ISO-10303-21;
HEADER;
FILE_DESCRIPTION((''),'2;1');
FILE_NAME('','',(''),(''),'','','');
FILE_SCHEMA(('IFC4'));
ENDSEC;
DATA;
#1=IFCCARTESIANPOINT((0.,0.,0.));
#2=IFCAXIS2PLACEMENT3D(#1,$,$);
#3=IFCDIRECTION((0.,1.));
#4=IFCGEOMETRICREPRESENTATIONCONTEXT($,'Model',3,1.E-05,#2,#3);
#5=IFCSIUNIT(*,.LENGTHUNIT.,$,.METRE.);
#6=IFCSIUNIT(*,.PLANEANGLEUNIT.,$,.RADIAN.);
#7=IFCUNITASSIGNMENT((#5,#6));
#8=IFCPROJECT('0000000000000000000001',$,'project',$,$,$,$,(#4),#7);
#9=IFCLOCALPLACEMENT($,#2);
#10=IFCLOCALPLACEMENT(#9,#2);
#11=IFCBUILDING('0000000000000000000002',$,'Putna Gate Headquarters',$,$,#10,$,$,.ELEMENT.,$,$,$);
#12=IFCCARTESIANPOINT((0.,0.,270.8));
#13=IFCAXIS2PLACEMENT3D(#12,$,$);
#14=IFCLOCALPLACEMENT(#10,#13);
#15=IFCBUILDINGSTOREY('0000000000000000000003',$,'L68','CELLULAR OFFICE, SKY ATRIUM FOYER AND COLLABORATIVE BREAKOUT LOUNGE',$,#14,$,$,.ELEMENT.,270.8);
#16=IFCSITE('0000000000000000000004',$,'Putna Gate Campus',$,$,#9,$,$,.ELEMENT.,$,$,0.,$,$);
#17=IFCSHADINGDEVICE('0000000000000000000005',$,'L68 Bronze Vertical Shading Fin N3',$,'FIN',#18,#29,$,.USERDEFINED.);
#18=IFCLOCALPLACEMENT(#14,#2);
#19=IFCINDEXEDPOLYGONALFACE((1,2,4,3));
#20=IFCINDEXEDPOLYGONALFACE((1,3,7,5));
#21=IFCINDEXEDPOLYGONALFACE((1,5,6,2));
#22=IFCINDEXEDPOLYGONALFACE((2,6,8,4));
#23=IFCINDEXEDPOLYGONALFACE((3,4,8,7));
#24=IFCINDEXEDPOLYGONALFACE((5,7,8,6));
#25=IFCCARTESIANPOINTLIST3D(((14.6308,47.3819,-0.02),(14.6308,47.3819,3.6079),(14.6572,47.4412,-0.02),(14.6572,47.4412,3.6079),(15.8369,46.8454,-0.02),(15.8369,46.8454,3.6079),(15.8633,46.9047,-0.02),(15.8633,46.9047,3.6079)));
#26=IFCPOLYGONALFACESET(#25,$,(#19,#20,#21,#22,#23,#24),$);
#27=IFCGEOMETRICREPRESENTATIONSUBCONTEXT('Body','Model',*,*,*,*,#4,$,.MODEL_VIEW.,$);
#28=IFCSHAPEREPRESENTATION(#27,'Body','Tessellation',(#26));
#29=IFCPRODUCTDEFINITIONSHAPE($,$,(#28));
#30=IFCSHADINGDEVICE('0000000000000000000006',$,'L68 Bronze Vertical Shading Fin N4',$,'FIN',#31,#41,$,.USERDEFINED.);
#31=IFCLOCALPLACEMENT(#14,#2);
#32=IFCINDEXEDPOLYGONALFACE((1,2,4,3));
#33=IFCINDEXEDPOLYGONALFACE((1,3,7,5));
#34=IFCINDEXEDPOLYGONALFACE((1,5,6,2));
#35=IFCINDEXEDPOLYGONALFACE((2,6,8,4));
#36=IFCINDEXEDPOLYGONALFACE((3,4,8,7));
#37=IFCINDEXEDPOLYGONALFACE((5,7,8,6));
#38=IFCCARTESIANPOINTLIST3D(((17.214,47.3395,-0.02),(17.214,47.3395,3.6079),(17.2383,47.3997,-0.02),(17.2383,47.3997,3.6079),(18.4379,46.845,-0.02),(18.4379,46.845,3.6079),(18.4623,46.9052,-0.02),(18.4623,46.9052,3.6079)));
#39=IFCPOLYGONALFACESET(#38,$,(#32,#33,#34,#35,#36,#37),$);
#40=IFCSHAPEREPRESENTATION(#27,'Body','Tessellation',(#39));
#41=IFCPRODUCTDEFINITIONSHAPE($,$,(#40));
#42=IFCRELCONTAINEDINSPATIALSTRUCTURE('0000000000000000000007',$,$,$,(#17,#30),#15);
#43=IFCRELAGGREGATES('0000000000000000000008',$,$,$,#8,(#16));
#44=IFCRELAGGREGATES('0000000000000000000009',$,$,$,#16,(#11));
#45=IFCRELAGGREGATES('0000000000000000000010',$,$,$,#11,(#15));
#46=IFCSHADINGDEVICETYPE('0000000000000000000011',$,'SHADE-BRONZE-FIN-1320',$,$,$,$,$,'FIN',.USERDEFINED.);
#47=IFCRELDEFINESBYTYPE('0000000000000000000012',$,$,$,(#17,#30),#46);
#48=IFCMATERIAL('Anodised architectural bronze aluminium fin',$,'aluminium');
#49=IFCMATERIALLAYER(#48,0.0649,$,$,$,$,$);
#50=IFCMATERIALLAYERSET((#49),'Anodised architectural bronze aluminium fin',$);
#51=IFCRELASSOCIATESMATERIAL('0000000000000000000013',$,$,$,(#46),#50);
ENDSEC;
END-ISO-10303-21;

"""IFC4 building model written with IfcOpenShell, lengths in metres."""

from ifc_helpers import new_model, si_unit, direction, frame, origin, origin_2d, place, context, subcontext, project, spatial, rectangle, extrude, material, layer, layer_set, type_object, element, save


model = new_model("IFC4")

# Units and contexts
model_context = context("Model", 3, precision=1e-05, world=origin(), true_north=direction((0.0, 1.0)))
body_context = subcontext(model_context, "Body", "Model", "MODEL_VIEW")
ifc_project = project(units=[si_unit("LENGTHUNIT", "METRE"), si_unit("PLANEANGLEUNIT", "RADIAN")], contexts=[model_context])

# Site, building, storey
site_placement = place(None, origin())
site = spatial("IfcSite", under=ifc_project, at=site_placement, Name="Putna Gate Campus", CompositionType="ELEMENT", RefElevation=0.0)
building_placement = place(site_placement, origin())
building = spatial("IfcBuilding", under=site, at=building_placement, Name="Putna Gate Headquarters", CompositionType="ELEMENT")
storey_placement = place(building_placement, frame((0.0, 0.0, 270.8)))
storey = spatial("IfcBuildingStorey", under=building, at=storey_placement, Name="L68", Description="CELLULAR OFFICE, SKY ATRIUM FOYER AND COLLABORATIVE BREAKOUT LOUNGE", CompositionType="ELEMENT", Elevation=270.8)

# Shading devices
ifc_material_1 = material(Name="Anodised architectural bronze aluminium fin", Category="aluminium")
ifc_layer_1 = layer(ifc_material_1, 0.0649)
ifc_layer_set_1 = layer_set([ifc_layer_1], Name="Anodised architectural bronze aluminium fin")
shading_device_type = type_object("IfcShadingDeviceType", Name="SHADE-BRONZE-FIN-1320", ElementType="FIN", PredefinedType="USERDEFINED", material=ifc_layer_set_1)
for number, where, z_axis, x_axis, name in (
    (1, (15.2471, 47.1433, -0.02), (0.0, 0.0, 1.0), (-0.913687, 0.406418, 0.0), "L68 Bronze Vertical Shading Fin N3"),
    (2, (17.8381, 47.1223, -0.02), (0.0, 0.0, 1.0), (-0.927184, 0.374607, 0.0), "L68 Bronze Vertical Shading Fin N4"),
):
    element("IfcShadingDevice", number, at=place(storey_placement, frame(where, z_axis=z_axis, x_axis=x_axis)), inside=storey, type_object=shading_device_type, Name=name, ObjectType="FIN", PredefinedType="USERDEFINED", context=body_context, shape_type="SweptSolid", body=[
        extrude(rectangle(XDim=1.3201, YDim=0.0649, at=origin_2d()), origin(), (0.0, 0.0, 1.0), 3.6279),
    ])

save(model, "model.ifc")
